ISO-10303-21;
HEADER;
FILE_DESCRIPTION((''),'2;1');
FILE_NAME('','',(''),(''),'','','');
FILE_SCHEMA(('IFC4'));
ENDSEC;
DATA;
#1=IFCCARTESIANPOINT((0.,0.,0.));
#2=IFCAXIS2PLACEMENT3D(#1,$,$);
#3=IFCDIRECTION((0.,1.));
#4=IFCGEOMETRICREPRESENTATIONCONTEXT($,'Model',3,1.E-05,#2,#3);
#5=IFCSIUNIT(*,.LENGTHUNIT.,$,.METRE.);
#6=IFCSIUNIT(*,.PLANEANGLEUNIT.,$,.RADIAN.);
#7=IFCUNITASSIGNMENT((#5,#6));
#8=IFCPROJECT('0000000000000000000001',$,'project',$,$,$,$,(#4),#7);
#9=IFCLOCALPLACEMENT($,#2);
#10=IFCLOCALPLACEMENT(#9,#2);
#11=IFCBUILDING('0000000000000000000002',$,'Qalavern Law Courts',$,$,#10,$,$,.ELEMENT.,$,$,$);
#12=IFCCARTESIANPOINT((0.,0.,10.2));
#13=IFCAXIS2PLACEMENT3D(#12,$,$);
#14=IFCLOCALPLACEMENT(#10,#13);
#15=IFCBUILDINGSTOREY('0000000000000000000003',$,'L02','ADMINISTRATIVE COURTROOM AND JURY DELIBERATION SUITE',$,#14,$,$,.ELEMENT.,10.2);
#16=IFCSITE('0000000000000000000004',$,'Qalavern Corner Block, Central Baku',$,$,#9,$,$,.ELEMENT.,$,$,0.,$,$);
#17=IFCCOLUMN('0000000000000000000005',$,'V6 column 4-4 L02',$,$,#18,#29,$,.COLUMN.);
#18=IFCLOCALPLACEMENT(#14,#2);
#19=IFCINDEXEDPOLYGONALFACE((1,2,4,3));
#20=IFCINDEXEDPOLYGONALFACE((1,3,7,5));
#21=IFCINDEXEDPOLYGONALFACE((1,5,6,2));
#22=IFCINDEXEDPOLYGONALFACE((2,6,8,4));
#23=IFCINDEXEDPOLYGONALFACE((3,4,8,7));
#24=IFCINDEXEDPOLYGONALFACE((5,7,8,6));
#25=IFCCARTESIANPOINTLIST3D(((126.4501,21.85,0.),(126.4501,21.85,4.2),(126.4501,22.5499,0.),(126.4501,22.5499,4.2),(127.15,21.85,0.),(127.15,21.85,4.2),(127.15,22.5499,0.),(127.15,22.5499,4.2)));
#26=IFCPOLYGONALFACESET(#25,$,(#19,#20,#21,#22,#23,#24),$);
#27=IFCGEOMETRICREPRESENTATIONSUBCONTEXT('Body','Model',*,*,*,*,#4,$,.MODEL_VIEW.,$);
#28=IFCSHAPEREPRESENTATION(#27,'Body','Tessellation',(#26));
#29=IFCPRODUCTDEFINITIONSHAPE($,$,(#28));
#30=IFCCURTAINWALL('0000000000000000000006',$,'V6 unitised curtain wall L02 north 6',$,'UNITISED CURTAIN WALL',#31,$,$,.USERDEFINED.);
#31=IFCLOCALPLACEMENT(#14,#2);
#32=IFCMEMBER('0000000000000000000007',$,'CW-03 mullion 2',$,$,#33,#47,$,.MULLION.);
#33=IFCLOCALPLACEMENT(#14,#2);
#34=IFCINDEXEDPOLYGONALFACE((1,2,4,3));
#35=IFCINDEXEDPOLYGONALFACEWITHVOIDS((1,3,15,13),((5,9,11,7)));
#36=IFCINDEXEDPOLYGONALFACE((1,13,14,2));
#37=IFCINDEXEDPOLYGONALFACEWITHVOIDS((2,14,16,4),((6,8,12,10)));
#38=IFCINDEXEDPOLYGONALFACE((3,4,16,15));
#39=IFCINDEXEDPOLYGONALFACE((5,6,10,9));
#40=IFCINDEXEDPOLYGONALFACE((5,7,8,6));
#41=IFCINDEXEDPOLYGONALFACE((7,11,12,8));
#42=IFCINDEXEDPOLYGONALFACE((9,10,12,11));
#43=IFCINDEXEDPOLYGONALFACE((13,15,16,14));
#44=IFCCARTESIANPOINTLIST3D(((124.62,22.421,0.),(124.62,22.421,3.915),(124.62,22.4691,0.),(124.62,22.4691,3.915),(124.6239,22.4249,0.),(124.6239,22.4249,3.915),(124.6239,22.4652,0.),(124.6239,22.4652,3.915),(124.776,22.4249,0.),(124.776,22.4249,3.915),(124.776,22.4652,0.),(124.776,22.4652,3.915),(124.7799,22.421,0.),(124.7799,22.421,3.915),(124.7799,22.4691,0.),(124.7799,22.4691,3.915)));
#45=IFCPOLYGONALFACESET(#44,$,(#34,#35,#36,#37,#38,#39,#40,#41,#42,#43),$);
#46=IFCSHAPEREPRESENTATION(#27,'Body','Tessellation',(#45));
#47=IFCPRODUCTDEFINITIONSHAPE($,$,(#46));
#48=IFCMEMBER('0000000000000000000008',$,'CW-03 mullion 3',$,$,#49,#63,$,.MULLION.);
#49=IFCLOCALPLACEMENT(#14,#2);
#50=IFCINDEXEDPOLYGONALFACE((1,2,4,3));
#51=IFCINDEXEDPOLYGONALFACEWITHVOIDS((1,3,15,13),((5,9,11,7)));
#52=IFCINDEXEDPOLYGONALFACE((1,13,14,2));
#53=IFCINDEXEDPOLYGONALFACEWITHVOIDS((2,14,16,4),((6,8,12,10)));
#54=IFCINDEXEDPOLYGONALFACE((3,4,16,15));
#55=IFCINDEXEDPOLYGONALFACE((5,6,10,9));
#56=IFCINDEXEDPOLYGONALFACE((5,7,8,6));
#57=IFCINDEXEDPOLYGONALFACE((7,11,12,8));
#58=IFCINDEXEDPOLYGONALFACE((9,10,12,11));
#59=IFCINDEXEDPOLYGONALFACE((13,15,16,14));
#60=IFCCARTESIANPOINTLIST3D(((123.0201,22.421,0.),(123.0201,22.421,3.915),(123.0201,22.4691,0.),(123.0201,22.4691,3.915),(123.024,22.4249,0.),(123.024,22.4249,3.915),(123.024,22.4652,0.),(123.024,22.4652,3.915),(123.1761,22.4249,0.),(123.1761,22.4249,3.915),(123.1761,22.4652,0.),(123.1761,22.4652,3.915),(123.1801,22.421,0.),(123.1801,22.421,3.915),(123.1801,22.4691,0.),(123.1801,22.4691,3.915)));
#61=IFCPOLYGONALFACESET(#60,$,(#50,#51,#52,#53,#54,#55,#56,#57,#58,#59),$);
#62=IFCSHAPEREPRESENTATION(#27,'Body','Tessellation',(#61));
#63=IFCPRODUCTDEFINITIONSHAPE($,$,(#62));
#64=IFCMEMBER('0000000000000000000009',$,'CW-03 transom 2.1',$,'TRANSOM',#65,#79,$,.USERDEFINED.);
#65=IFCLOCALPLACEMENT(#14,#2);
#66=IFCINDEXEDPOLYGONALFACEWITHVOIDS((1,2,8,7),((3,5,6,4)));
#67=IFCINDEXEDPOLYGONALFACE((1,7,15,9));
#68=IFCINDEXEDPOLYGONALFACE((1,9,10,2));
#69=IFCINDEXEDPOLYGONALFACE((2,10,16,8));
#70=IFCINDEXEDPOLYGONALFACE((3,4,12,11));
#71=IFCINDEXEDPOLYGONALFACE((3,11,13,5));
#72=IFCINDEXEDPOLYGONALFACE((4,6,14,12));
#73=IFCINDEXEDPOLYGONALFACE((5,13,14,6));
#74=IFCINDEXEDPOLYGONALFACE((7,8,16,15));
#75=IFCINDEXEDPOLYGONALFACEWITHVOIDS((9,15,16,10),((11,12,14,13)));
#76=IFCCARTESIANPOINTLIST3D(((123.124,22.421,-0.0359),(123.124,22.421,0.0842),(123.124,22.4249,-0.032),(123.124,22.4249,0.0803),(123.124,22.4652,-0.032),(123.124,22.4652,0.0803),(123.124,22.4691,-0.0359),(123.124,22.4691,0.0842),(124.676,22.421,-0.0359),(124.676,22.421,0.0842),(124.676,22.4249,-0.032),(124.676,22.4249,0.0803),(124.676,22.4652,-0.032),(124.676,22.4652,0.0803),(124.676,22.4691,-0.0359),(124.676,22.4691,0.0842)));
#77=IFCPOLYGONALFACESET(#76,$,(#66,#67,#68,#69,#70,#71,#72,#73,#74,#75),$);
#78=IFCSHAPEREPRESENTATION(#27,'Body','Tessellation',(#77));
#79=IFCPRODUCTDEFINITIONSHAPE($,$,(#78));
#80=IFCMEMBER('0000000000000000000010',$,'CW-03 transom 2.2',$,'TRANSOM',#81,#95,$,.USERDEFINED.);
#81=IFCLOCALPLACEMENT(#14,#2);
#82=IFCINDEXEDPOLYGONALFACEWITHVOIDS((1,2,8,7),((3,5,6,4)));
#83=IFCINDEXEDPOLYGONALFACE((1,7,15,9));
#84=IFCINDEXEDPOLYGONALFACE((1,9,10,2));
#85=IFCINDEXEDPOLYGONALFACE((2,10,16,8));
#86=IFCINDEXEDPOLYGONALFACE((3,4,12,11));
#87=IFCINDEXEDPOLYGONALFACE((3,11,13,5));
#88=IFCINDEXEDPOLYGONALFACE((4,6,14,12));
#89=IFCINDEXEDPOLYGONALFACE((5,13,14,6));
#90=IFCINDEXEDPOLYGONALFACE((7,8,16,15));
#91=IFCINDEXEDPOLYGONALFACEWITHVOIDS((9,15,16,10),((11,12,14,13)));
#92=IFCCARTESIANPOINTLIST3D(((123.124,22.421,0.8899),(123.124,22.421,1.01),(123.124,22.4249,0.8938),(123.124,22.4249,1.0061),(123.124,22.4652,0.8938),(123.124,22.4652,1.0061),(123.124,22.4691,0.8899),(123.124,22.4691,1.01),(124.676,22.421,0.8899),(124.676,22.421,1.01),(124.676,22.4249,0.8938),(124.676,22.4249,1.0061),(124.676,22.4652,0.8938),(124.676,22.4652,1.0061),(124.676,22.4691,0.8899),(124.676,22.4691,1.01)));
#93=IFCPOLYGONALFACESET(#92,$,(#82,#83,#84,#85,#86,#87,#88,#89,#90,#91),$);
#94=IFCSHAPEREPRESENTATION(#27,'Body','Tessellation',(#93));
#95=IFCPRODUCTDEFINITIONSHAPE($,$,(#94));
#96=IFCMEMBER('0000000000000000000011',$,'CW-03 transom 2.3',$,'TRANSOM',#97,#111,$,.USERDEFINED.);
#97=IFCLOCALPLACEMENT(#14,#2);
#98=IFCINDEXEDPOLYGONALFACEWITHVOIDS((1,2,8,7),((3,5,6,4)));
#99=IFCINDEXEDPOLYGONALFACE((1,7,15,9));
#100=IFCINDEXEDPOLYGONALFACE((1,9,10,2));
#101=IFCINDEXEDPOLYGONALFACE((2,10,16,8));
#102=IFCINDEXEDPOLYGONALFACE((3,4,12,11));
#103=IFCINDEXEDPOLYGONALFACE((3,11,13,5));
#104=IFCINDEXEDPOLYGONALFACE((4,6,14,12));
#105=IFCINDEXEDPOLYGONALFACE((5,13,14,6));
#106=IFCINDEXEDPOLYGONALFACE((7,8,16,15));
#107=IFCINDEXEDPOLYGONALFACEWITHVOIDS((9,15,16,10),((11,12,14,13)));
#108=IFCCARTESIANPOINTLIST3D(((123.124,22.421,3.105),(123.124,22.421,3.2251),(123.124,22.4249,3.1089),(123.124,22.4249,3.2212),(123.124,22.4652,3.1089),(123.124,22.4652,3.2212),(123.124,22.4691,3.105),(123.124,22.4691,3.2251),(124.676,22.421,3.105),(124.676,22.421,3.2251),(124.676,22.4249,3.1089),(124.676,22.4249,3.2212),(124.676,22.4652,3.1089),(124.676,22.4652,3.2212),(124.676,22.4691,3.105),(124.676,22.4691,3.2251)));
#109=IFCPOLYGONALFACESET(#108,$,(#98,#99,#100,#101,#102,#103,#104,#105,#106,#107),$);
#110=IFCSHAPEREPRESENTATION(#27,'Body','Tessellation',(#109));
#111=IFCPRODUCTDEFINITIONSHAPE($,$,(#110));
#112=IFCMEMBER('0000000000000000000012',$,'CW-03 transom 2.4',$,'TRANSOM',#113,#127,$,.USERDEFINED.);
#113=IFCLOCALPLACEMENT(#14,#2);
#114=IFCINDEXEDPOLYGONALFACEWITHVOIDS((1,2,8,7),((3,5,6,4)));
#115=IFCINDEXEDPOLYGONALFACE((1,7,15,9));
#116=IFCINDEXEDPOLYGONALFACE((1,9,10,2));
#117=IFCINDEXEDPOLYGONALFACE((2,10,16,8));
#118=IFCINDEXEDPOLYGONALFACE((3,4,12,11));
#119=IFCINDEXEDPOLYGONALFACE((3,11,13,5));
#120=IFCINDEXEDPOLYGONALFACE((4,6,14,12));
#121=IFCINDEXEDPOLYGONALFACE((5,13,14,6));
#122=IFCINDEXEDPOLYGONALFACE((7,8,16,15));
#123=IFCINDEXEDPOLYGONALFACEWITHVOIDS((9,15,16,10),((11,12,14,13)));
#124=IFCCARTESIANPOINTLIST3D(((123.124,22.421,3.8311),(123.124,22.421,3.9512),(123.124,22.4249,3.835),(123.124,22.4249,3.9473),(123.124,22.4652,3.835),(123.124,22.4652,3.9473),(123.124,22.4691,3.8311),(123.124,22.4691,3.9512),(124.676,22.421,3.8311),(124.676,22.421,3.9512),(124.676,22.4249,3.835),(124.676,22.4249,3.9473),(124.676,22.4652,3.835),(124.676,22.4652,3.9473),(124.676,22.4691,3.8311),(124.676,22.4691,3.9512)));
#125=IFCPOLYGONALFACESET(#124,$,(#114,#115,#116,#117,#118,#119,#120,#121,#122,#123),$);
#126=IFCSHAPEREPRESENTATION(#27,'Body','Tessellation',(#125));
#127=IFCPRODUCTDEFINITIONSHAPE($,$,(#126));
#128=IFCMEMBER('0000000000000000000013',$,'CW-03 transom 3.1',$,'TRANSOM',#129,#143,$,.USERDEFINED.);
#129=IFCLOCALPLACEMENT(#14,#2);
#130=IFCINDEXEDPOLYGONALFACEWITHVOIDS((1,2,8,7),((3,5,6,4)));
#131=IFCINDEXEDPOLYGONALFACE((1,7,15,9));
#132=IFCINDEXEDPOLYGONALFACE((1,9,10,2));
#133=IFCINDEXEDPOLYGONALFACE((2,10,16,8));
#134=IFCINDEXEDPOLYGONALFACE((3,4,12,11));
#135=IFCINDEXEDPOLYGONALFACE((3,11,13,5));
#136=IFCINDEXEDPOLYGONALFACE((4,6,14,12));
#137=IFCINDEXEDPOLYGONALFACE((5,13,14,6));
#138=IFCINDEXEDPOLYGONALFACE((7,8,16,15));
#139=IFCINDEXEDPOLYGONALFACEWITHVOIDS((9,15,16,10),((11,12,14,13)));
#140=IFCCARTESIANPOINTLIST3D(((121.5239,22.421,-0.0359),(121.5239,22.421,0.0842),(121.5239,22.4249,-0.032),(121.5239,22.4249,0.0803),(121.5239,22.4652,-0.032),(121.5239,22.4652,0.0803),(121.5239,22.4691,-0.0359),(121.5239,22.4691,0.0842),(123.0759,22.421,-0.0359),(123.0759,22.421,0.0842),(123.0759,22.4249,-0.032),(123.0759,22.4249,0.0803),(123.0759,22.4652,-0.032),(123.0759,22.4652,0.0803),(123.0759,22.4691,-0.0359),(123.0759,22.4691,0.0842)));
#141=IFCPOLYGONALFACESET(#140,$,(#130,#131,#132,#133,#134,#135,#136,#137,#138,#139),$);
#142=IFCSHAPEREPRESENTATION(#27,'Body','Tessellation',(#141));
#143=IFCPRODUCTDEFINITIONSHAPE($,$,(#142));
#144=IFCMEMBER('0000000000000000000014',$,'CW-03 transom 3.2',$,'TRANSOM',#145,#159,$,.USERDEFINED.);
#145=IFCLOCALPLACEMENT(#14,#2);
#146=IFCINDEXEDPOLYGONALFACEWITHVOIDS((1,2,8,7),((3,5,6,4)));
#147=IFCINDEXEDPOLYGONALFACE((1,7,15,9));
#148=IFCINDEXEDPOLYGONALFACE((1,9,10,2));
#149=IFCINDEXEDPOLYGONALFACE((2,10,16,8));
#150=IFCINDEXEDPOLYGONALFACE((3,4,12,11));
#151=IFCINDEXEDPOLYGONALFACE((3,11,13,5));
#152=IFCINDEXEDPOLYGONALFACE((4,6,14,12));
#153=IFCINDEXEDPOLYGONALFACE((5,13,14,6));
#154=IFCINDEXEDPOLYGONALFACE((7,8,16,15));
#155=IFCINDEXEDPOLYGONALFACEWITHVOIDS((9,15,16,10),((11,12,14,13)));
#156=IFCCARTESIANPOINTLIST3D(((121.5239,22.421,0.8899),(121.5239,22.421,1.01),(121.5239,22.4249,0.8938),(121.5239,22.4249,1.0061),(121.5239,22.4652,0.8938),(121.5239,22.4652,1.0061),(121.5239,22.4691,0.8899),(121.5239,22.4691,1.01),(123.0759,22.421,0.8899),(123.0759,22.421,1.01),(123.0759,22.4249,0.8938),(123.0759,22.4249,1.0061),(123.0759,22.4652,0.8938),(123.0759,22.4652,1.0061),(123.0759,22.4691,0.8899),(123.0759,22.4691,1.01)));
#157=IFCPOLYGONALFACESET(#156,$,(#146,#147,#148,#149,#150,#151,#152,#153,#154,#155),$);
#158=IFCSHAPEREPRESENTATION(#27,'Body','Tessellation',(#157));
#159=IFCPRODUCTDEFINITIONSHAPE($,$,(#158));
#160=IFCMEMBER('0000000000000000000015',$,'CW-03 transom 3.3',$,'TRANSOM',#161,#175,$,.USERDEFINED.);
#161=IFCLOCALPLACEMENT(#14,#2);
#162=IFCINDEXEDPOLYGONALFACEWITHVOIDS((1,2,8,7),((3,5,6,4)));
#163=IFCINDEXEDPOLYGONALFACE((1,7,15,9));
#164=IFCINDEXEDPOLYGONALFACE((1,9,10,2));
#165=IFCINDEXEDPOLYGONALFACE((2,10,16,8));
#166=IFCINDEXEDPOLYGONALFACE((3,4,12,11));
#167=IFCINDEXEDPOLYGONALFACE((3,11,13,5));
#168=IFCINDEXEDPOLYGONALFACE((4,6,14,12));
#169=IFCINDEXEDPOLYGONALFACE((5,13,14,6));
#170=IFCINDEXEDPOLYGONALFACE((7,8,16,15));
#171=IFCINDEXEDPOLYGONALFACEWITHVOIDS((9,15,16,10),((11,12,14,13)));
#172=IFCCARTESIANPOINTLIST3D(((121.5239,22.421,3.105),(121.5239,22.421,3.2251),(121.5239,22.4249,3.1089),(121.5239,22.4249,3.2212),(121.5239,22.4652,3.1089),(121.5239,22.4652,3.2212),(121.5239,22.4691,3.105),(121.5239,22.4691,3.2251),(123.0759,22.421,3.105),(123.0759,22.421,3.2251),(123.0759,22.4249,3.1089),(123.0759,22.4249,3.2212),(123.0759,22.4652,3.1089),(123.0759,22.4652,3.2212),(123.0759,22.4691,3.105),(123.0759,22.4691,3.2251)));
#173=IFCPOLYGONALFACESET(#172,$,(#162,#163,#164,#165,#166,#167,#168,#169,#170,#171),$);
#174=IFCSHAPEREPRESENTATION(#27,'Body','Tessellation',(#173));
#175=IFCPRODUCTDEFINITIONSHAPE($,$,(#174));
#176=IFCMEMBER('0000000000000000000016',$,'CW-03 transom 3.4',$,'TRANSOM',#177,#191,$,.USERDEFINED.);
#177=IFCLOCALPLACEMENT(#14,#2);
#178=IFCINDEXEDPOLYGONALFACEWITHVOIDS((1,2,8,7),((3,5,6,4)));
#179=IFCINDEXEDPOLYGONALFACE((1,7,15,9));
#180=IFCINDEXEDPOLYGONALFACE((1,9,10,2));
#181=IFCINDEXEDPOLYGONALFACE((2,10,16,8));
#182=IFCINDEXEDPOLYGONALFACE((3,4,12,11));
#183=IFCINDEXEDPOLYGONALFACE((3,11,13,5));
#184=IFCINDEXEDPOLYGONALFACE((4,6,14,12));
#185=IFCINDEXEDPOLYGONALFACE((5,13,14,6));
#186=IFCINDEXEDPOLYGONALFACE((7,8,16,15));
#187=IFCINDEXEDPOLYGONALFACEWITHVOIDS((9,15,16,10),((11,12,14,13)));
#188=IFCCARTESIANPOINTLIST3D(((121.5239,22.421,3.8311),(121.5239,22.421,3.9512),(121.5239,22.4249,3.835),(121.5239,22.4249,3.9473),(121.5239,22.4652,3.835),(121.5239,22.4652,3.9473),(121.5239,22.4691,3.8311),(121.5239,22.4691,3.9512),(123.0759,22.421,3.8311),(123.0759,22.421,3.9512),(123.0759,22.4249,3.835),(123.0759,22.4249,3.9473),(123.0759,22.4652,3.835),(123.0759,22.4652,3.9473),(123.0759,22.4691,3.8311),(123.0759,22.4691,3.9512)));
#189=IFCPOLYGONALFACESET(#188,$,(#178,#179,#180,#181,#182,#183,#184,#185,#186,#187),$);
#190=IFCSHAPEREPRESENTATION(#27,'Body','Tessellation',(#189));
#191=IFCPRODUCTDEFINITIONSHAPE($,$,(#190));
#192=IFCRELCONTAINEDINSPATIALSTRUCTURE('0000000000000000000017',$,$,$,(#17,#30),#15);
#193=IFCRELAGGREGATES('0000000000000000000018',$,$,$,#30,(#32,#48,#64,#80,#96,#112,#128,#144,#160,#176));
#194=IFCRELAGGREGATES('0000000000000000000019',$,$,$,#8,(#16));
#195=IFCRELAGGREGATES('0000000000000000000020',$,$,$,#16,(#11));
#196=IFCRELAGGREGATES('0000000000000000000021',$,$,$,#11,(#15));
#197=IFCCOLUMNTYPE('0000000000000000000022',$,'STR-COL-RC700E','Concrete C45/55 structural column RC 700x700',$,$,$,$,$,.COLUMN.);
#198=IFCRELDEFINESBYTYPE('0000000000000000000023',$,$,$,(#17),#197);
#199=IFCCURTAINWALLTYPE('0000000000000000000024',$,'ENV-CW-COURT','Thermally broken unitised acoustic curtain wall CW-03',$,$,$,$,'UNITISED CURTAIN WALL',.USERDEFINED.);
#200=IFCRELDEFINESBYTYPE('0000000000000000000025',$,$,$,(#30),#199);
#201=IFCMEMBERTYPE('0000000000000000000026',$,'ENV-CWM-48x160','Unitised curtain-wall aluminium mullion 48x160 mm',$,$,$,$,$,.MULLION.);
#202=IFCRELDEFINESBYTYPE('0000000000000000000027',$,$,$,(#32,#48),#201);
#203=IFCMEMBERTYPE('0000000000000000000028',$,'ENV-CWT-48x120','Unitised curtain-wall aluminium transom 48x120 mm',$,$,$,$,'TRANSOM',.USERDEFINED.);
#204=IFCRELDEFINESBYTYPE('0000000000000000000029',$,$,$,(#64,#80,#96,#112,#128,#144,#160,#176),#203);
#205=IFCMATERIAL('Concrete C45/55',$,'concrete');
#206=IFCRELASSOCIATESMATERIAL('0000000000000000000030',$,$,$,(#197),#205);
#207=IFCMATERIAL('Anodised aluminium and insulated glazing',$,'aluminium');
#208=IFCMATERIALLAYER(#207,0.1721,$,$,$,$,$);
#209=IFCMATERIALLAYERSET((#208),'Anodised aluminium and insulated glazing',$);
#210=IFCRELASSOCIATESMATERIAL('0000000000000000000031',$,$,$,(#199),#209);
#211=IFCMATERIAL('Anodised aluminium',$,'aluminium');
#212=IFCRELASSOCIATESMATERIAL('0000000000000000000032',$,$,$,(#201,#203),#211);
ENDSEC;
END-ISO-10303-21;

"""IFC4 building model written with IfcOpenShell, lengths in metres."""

from ifc_helpers import new_model, si_unit, direction, frame, origin, origin_2d, place, context, subcontext, project, spatial, rectangle, hollow_rectangle, extrude, material, layer, layer_set, material_profile, profile_set, type_object, element, aggregate, save


model = new_model("IFC4")

# Units and contexts
model_context = context("Model", 3, precision=1e-05, world=origin(), true_north=direction((0.0, 1.0)))
body_context = subcontext(model_context, "Body", "Model", "MODEL_VIEW")
ifc_project = project(units=[si_unit("LENGTHUNIT", "METRE"), si_unit("PLANEANGLEUNIT", "RADIAN")], contexts=[model_context])

# Site, building, storey
site_placement = place(None, origin())
site = spatial("IfcSite", under=ifc_project, at=site_placement, Name="Qalavern Corner Block, Central Baku", CompositionType="ELEMENT", RefElevation=0.0)
building_placement = place(site_placement, origin())
building = spatial("IfcBuilding", under=site, at=building_placement, Name="Qalavern Law Courts", CompositionType="ELEMENT")
storey_placement = place(building_placement, frame((0.0, 0.0, 10.2)))
storey = spatial("IfcBuildingStorey", under=building, at=storey_placement, Name="L02", Description="ADMINISTRATIVE COURTROOM AND JURY DELIBERATION SUITE", CompositionType="ELEMENT", Elevation=10.2)

# Column
ifc_material_1 = material(Name="Concrete C45/55", Category="concrete")
ifc_material_profile_1 = material_profile(ifc_material_1, rectangle(XDim=0.7, YDim=0.7, at=origin_2d()), Name="RC 700x700")
ifc_profile_set_1 = profile_set([ifc_material_profile_1], Name="Concrete C45/55")
column_type = type_object("IfcColumnType", Name="STR-COL-RC700E", Description="Concrete C45/55 structural column RC 700x700", PredefinedType="COLUMN", material=ifc_profile_set_1)
column_placement = place(storey_placement, frame((126.8, 22.2, 0.0), z_axis=(0.0, 0.0, 1.0), x_axis=(1.0, 0.0, 0.0)))
element("IfcColumn", 1, at=column_placement, inside=storey, type_object=column_type, Name="V6 column 4-4 L02", PredefinedType="COLUMN", context=body_context, shape_type="SweptSolid", body=[
    extrude(rectangle(XDim=0.7, YDim=0.7, at=origin_2d()), origin(), (0.0, 0.0, 1.0), 4.2),
])

# Curtain wall, members
ifc_material_2 = material(Name="Anodised aluminium and insulated glazing", Category="aluminium")
ifc_layer_1 = layer(ifc_material_2, 0.1721)
ifc_layer_set_1 = layer_set([ifc_layer_1], Name="Anodised aluminium and insulated glazing")
curtain_wall_type = type_object("IfcCurtainWallType", Name="ENV-CW-COURT", Description="Thermally broken unitised acoustic curtain wall CW-03", ElementType="UNITISED CURTAIN WALL", PredefinedType="USERDEFINED", material=ifc_layer_set_1)
curtain_wall_placement = place(storey_placement, origin())
curtain_wall = element("IfcCurtainWall", 2, at=curtain_wall_placement, inside=storey, type_object=curtain_wall_type, Name="V6 unitised curtain wall L02 north 6", ObjectType="UNITISED CURTAIN WALL", PredefinedType="USERDEFINED")
ifc_material_3 = material(Name="Anodised aluminium", Category="aluminium")
ifc_material_profile_2 = material_profile(ifc_material_3, hollow_rectangle(XDim=0.0481, YDim=0.1599, WallThickness=0.0039, at=origin_2d()), Name="ALU MULLION 48x160")
ifc_profile_set_2 = profile_set([ifc_material_profile_2], Name="Anodised aluminium")
member_type_1 = type_object("IfcMemberType", Name="ENV-CWM-48x160", Description="Unitised curtain-wall aluminium mullion 48x160 mm", PredefinedType="MULLION", material=ifc_profile_set_2)
member_1_placement = place(storey_placement, frame((124.7, 22.4451, 0.0), z_axis=(0.0, 0.0, 1.0), x_axis=(0.0, -1.0, 0.0)))
member_1 = element("IfcMember", 3, at=member_1_placement, type_object=member_type_1, Name="CW-03 mullion 2", PredefinedType="MULLION", context=body_context, shape_type="SweptSolid", body=[
    extrude(hollow_rectangle(XDim=0.0481, YDim=0.1599, WallThickness=0.0039, at=origin_2d()), origin(), (0.0, 0.0, 1.0), 3.915),
])
member_2_placement = place(storey_placement, frame((123.1001, 22.4451, 0.0), z_axis=(0.0, 0.0, 1.0), x_axis=(0.0, -1.0, 0.0)))
member_2 = element("IfcMember", 4, at=member_2_placement, type_object=member_type_1, Name="CW-03 mullion 3", PredefinedType="MULLION", context=body_context, shape_type="SweptSolid", body=[
    extrude(hollow_rectangle(XDim=0.0481, YDim=0.1599, WallThickness=0.0039, at=origin_2d()), origin(), (0.0, 0.0, 1.0), 3.915),
])
ifc_material_profile_3 = material_profile(ifc_material_3, hollow_rectangle(XDim=0.0481, YDim=0.1201, WallThickness=0.0039, at=origin_2d()), Name="ALU TRANSOM 48x120")
ifc_profile_set_3 = profile_set([ifc_material_profile_3], Name="Anodised aluminium")
member_type_2 = type_object("IfcMemberType", Name="ENV-CWT-48x120", Description="Unitised curtain-wall aluminium transom 48x120 mm", ElementType="TRANSOM", PredefinedType="USERDEFINED", material=ifc_profile_set_3)
member_3_placement = place(storey_placement, frame((124.676, 22.4451, 0.0242), z_axis=(-1.0, 0.0, 0.0), x_axis=(0.0, -1.0, 0.0)))
member_3 = element("IfcMember", 5, at=member_3_placement, type_object=member_type_2, Name="CW-03 transom 2.1", ObjectType="TRANSOM", PredefinedType="USERDEFINED", context=body_context, shape_type="SweptSolid", body=[
    extrude(hollow_rectangle(XDim=0.0481, YDim=0.1201, WallThickness=0.0039, at=origin_2d()), origin(), (0.0, 0.0, 1.0), 1.552),
])
member_4_placement = place(storey_placement, frame((124.676, 22.4451, 0.95), z_axis=(-1.0, 0.0, 0.0), x_axis=(0.0, -1.0, 0.0)))
member_4 = element("IfcMember", 6, at=member_4_placement, type_object=member_type_2, Name="CW-03 transom 2.2", ObjectType="TRANSOM", PredefinedType="USERDEFINED", context=body_context, shape_type="SweptSolid", body=[
    extrude(hollow_rectangle(XDim=0.0481, YDim=0.1201, WallThickness=0.0039, at=origin_2d()), origin(), (0.0, 0.0, 1.0), 1.552),
])
member_5_placement = place(storey_placement, frame((124.676, 22.4451, 3.165), z_axis=(-1.0, 0.0, 0.0), x_axis=(0.0, -1.0, 0.0)))
member_5 = element("IfcMember", 7, at=member_5_placement, type_object=member_type_2, Name="CW-03 transom 2.3", ObjectType="TRANSOM", PredefinedType="USERDEFINED", context=body_context, shape_type="SweptSolid", body=[
    extrude(hollow_rectangle(XDim=0.0481, YDim=0.1201, WallThickness=0.0039, at=origin_2d()), origin(), (0.0, 0.0, 1.0), 1.552),
])
member_6_placement = place(storey_placement, frame((124.676, 22.4451, 3.8911), z_axis=(-1.0, 0.0, 0.0), x_axis=(0.0, -1.0, 0.0)))
member_6 = element("IfcMember", 8, at=member_6_placement, type_object=member_type_2, Name="CW-03 transom 2.4", ObjectType="TRANSOM", PredefinedType="USERDEFINED", context=body_context, shape_type="SweptSolid", body=[
    extrude(hollow_rectangle(XDim=0.0481, YDim=0.1201, WallThickness=0.0039, at=origin_2d()), origin(), (0.0, 0.0, 1.0), 1.552),
])
member_7_placement = place(storey_placement, frame((123.0759, 22.4451, 0.0242), z_axis=(-1.0, 0.0, 0.0), x_axis=(0.0, -1.0, 0.0)))
member_7 = element("IfcMember", 9, at=member_7_placement, type_object=member_type_2, Name="CW-03 transom 3.1", ObjectType="TRANSOM", PredefinedType="USERDEFINED", context=body_context, shape_type="SweptSolid", body=[
    extrude(hollow_rectangle(XDim=0.0481, YDim=0.1201, WallThickness=0.0039, at=origin_2d()), origin(), (0.0, 0.0, 1.0), 1.552),
])
member_8_placement = place(storey_placement, frame((123.0759, 22.4451, 0.95), z_axis=(-1.0, 0.0, 0.0), x_axis=(0.0, -1.0, 0.0)))
member_8 = element("IfcMember", 10, at=member_8_placement, type_object=member_type_2, Name="CW-03 transom 3.2", ObjectType="TRANSOM", PredefinedType="USERDEFINED", context=body_context, shape_type="SweptSolid", body=[
    extrude(hollow_rectangle(XDim=0.0481, YDim=0.1201, WallThickness=0.0039, at=origin_2d()), origin(), (0.0, 0.0, 1.0), 1.552),
])
member_9_placement = place(storey_placement, frame((123.0759, 22.4451, 3.165), z_axis=(-1.0, 0.0, 0.0), x_axis=(0.0, -1.0, 0.0)))
member_9 = element("IfcMember", 11, at=member_9_placement, type_object=member_type_2, Name="CW-03 transom 3.3", ObjectType="TRANSOM", PredefinedType="USERDEFINED", context=body_context, shape_type="SweptSolid", body=[
    extrude(hollow_rectangle(XDim=0.0481, YDim=0.1201, WallThickness=0.0039, at=origin_2d()), origin(), (0.0, 0.0, 1.0), 1.552),
])
member_10_placement = place(storey_placement, frame((123.0759, 22.4451, 3.8911), z_axis=(-1.0, 0.0, 0.0), x_axis=(0.0, -1.0, 0.0)))
member_10 = element("IfcMember", 12, at=member_10_placement, type_object=member_type_2, Name="CW-03 transom 3.4", ObjectType="TRANSOM", PredefinedType="USERDEFINED", context=body_context, shape_type="SweptSolid", body=[
    extrude(hollow_rectangle(XDim=0.0481, YDim=0.1201, WallThickness=0.0039, at=origin_2d()), origin(), (0.0, 0.0, 1.0), 1.552),
])

aggregate(curtain_wall, [member_1, member_2, member_3, member_4, member_5, member_6, member_7, member_8, member_9, member_10])

save(model, "model.ifc")
